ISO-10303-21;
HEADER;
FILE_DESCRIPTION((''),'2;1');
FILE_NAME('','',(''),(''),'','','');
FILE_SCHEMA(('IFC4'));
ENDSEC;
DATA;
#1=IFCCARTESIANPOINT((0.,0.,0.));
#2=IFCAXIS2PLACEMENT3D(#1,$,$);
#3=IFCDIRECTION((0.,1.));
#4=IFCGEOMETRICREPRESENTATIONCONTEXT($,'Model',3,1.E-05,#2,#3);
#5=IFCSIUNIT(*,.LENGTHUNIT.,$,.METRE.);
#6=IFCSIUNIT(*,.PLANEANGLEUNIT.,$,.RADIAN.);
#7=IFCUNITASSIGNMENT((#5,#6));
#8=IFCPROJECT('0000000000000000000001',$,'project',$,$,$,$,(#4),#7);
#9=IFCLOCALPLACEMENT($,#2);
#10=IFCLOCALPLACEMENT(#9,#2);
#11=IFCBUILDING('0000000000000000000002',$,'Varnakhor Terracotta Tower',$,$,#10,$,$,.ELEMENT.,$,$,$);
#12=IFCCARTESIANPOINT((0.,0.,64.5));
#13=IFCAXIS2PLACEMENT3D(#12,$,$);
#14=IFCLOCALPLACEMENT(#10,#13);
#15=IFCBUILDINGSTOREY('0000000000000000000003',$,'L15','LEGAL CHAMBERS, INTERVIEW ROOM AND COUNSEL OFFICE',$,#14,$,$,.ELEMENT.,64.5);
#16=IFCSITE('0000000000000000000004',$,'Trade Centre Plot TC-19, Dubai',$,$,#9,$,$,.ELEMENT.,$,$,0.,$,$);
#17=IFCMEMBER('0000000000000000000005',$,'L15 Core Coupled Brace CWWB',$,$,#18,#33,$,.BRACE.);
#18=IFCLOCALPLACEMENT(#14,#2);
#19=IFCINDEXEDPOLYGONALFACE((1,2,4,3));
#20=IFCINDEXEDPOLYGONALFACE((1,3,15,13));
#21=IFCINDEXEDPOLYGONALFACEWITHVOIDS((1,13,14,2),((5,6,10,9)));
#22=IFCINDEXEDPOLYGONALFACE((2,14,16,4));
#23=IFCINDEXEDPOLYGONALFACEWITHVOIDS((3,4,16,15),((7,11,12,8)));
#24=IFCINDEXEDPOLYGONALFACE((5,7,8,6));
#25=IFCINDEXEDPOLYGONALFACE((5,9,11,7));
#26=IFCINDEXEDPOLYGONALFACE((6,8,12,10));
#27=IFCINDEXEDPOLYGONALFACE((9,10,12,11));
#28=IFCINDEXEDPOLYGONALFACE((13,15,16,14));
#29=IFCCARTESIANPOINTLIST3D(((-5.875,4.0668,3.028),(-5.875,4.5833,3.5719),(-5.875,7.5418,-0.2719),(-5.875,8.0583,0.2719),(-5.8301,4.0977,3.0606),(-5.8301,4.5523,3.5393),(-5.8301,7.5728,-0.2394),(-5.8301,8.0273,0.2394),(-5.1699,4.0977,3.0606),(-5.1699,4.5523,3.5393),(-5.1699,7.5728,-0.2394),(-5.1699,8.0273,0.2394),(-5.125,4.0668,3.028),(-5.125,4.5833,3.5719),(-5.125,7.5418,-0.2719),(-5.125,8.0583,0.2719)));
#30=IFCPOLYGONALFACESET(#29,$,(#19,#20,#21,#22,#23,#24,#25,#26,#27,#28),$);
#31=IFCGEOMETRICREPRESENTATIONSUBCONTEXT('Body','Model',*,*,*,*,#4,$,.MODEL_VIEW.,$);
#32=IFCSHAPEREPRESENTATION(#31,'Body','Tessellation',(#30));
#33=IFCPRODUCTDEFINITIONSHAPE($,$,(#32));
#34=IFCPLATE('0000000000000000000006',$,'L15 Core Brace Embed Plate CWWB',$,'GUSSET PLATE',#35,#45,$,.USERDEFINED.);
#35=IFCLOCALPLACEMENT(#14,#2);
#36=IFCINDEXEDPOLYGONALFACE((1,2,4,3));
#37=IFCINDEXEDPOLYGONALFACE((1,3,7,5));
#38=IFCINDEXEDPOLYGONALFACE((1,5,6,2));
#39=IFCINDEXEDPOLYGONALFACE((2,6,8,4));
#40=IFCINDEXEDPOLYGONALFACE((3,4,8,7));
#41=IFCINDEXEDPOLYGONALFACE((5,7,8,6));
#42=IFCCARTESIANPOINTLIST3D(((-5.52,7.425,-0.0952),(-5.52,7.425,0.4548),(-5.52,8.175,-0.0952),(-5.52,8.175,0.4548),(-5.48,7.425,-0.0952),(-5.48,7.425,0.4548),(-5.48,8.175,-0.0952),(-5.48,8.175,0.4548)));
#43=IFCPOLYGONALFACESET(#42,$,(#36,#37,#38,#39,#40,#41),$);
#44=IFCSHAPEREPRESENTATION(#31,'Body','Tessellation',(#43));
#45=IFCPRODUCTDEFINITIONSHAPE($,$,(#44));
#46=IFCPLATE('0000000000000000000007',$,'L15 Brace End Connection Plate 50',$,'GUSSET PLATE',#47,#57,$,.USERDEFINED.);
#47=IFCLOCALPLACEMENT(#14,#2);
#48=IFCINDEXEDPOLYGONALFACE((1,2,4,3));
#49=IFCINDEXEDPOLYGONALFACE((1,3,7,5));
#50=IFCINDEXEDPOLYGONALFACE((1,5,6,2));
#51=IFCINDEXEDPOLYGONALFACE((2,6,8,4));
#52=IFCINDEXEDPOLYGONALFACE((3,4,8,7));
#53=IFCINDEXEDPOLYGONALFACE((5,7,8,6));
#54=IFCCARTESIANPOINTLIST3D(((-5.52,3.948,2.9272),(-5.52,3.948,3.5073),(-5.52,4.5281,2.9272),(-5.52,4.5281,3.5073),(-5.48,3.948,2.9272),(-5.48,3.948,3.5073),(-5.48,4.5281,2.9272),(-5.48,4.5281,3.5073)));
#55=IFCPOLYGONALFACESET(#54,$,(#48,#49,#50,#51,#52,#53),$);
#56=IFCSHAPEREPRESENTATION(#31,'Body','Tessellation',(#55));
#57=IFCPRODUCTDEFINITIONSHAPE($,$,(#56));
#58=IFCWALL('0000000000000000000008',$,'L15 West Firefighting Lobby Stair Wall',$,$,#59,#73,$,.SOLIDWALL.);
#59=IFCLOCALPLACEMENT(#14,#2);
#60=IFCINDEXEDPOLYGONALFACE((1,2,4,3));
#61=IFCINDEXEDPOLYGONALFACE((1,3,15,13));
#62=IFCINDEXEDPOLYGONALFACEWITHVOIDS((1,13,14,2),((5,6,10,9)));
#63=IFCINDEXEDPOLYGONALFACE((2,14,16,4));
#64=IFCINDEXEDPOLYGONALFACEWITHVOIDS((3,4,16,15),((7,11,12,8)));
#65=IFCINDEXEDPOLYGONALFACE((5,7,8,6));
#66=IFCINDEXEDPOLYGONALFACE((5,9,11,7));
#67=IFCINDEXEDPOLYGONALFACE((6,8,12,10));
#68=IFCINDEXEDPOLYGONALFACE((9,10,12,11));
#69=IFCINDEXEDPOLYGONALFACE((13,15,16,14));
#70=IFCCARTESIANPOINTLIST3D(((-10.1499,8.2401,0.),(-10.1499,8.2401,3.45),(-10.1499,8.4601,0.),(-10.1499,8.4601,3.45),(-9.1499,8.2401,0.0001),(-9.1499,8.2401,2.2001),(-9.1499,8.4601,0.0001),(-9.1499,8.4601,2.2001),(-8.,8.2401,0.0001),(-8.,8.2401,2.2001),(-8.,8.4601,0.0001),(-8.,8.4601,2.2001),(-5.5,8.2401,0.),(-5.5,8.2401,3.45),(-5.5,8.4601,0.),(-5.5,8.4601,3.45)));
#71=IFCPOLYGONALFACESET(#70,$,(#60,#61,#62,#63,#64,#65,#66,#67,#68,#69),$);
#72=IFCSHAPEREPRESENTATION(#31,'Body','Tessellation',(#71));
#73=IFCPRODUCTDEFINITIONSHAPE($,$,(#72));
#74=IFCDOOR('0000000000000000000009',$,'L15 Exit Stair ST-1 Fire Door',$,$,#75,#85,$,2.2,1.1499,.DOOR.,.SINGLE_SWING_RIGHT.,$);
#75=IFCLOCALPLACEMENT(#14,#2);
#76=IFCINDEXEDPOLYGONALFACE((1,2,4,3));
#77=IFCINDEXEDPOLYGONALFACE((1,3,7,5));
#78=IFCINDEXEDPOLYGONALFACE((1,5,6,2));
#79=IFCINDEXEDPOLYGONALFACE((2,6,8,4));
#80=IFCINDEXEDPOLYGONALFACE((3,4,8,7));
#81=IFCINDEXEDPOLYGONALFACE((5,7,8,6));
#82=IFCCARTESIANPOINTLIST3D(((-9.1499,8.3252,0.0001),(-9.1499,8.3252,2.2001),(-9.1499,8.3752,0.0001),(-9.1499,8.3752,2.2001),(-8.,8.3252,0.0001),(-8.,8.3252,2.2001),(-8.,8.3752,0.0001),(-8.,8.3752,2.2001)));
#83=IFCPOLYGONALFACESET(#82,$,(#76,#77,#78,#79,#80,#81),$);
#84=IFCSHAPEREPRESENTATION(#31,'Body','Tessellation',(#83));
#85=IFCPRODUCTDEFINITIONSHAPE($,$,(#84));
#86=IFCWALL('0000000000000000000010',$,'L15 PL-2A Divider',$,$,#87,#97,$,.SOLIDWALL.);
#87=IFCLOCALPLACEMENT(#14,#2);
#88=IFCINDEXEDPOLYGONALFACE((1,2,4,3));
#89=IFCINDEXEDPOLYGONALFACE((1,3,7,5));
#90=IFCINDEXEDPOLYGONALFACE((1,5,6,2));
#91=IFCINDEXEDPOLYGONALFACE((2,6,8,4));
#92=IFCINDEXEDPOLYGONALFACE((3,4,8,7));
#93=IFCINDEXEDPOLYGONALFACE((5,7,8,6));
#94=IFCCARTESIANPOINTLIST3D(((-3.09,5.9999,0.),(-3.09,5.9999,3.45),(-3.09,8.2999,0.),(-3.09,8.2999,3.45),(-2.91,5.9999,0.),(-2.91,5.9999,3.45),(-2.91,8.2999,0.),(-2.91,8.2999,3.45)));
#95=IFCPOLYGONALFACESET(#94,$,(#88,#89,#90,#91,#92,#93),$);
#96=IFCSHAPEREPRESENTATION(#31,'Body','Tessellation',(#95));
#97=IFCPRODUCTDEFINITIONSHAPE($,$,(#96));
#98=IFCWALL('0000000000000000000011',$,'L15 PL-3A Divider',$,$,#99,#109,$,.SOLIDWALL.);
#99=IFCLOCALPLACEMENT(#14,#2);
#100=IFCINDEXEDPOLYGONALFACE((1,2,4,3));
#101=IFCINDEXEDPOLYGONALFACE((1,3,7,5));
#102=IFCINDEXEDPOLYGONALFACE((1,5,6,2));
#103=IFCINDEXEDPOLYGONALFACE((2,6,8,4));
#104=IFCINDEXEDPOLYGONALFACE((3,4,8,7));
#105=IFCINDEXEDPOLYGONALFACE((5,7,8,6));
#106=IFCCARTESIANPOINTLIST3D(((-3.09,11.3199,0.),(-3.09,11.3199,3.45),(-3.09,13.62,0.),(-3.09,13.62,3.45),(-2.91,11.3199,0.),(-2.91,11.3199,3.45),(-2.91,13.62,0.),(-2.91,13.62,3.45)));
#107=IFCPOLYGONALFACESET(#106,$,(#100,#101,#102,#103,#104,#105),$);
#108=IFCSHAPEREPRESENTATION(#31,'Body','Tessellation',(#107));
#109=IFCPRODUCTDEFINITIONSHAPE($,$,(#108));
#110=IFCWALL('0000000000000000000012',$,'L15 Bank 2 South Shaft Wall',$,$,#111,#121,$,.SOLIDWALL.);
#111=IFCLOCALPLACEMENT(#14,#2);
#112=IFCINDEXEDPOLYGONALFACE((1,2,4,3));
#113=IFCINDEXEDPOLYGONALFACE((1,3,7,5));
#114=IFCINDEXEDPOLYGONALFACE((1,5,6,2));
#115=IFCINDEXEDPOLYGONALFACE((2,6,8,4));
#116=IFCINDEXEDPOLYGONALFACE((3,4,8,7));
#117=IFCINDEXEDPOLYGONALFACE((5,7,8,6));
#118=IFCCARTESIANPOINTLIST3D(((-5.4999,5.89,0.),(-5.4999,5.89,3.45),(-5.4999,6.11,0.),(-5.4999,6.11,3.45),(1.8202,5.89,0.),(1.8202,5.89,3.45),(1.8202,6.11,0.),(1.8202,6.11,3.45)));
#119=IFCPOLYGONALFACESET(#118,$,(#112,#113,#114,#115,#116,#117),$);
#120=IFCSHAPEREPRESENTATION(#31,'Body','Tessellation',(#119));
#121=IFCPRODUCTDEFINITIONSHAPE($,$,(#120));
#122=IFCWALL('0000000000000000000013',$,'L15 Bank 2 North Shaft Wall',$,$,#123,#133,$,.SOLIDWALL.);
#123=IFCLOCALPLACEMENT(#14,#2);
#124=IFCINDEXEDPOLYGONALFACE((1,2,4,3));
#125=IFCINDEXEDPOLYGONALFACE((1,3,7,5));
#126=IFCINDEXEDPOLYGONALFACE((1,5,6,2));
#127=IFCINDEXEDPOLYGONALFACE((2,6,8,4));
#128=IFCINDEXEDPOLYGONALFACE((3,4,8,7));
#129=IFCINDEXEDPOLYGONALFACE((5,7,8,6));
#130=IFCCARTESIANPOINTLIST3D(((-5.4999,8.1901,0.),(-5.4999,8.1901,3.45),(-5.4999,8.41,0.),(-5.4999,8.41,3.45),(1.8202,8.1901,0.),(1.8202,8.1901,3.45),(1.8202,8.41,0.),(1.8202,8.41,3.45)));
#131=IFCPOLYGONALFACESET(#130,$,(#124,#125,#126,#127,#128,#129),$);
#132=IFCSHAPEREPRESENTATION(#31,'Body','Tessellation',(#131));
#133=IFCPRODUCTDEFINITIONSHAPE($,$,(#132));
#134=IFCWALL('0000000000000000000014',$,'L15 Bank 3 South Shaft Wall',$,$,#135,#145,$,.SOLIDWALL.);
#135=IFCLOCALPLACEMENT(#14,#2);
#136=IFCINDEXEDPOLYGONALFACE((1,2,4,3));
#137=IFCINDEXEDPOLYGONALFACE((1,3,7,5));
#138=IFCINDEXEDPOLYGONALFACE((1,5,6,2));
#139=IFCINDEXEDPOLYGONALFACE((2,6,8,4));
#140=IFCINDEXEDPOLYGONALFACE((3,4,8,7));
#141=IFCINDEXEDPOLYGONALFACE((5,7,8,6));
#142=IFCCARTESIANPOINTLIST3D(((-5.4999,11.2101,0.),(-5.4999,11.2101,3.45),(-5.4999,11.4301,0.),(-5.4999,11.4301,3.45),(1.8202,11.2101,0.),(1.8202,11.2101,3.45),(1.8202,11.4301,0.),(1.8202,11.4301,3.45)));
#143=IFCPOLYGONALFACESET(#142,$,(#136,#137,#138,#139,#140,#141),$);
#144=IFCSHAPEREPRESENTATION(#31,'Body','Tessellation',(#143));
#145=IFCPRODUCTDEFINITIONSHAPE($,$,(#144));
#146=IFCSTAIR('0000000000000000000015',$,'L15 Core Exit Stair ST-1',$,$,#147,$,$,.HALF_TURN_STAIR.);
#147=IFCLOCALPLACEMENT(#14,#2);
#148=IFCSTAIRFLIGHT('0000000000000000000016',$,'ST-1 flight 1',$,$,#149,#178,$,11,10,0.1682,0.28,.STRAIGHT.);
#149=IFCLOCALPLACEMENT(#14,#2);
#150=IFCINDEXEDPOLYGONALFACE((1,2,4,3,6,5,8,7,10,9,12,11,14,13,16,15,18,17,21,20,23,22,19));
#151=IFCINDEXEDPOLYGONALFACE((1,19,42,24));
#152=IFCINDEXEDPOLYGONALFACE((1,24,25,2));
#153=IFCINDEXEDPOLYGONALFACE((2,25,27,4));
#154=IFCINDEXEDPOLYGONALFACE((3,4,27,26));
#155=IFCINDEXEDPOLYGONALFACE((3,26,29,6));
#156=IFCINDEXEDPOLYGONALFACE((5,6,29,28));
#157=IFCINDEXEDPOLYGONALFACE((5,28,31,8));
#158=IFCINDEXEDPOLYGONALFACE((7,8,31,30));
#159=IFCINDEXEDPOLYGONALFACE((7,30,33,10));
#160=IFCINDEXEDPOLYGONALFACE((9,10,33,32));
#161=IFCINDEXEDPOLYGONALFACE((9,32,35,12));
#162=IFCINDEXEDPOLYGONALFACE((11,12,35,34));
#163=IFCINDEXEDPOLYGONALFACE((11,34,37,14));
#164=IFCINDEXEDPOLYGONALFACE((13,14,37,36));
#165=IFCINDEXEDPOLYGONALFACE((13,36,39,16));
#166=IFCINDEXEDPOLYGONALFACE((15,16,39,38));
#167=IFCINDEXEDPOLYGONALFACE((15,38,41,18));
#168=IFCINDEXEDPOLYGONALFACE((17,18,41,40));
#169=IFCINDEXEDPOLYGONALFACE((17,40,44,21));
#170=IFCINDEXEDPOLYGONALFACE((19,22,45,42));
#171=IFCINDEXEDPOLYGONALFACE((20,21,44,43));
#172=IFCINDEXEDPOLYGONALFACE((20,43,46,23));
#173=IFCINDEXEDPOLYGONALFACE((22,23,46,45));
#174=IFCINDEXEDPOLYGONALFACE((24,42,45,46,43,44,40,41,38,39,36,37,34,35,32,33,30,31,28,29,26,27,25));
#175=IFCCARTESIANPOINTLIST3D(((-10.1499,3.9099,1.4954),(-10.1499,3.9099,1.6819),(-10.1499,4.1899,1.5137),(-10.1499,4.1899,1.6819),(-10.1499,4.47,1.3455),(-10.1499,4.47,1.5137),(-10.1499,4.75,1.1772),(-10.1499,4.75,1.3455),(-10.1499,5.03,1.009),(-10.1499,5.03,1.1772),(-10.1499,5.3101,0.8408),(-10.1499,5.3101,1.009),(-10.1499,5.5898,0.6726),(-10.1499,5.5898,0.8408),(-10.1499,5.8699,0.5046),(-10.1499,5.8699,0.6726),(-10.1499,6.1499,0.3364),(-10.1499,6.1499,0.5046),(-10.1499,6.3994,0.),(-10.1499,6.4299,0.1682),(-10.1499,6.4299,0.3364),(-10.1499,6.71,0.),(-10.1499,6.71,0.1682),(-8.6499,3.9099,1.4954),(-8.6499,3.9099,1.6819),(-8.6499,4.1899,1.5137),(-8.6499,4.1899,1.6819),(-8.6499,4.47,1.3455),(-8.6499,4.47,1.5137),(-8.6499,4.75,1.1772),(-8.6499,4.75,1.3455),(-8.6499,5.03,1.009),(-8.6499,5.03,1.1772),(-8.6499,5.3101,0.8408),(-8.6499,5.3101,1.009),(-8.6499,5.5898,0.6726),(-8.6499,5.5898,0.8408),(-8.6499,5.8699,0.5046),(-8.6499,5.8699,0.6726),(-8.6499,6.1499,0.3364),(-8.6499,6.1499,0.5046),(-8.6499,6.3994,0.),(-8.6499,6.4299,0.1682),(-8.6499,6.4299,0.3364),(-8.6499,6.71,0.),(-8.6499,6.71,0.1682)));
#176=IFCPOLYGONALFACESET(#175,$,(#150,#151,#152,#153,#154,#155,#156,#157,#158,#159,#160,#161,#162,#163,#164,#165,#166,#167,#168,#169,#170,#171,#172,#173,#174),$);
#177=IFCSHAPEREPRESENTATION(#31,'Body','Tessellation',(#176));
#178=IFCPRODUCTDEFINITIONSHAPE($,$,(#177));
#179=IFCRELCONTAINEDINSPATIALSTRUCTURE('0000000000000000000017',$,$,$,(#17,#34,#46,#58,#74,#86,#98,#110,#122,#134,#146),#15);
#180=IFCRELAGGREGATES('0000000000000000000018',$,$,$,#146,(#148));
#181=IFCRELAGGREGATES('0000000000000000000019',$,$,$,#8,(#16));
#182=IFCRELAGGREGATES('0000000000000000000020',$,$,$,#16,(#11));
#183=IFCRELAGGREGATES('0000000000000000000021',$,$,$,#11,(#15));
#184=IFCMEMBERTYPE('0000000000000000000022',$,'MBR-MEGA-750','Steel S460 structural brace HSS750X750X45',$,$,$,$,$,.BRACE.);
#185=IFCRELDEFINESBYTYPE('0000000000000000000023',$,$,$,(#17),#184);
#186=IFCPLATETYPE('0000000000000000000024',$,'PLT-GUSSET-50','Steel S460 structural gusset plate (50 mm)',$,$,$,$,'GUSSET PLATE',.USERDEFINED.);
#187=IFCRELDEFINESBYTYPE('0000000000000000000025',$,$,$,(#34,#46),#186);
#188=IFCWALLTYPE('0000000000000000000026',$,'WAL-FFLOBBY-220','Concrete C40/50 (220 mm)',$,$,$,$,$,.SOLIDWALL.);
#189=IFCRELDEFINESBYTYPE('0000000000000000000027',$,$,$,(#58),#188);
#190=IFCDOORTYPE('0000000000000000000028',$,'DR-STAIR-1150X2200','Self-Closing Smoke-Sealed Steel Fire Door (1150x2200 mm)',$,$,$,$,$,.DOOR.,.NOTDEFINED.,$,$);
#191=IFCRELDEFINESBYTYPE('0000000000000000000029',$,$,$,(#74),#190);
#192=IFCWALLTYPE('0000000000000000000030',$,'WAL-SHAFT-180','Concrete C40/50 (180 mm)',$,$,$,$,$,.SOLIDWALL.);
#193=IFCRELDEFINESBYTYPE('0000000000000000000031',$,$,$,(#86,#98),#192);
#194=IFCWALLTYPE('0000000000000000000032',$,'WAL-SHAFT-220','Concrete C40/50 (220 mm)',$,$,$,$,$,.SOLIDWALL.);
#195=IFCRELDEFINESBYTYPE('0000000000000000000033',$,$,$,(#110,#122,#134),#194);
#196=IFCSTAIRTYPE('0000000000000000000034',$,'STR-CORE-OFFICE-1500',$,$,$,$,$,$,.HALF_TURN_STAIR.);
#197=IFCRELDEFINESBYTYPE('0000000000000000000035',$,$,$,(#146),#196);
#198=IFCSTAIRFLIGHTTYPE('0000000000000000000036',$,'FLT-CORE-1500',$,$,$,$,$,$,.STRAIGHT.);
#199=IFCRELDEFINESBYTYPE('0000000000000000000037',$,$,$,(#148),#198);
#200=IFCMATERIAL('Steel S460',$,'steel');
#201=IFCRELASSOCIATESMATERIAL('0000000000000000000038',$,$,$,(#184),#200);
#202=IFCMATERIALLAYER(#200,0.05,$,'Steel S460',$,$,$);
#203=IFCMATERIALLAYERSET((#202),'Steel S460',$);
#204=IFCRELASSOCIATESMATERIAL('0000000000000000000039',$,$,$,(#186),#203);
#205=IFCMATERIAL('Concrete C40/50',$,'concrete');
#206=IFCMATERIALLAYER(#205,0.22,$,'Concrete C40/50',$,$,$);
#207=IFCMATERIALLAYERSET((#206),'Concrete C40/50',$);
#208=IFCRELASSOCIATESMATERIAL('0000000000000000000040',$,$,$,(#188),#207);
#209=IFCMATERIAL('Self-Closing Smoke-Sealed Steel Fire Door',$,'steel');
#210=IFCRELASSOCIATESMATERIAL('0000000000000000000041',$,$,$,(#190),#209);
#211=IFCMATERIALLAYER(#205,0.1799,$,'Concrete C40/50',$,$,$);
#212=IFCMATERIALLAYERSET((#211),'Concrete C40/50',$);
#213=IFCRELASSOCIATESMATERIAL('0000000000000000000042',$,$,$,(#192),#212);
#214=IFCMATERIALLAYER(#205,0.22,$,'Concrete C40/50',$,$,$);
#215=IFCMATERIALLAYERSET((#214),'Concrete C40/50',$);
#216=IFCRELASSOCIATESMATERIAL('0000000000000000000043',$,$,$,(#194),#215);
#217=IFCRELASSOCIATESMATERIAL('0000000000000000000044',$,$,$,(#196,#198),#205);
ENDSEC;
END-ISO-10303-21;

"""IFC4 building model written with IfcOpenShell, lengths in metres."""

from ifc_helpers import new_model, si_unit, direction, frame, frame_2d, origin, origin_2d, place, context, subcontext, project, spatial, polyline, rectangle, hollow_rectangle, outline, extrude, source, transform, mapped, material, layer, layer_set, material_profile, profile_set, type_object, type_shapes, element, fill, aggregate, save


model = new_model("IFC4")

# Units and contexts
model_context = context("Model", 3, precision=1e-05, world=origin(), true_north=direction((0.0, 1.0)))
body_context = subcontext(model_context, "Body", "Model", "MODEL_VIEW")
ifc_project = project(units=[si_unit("LENGTHUNIT", "METRE"), si_unit("PLANEANGLEUNIT", "RADIAN")], contexts=[model_context])

# Site, building, storey
site_placement = place(None, origin())
site = spatial("IfcSite", under=ifc_project, at=site_placement, Name="Trade Centre Plot TC-19, Dubai", CompositionType="ELEMENT", RefElevation=0.0)
building_placement = place(site_placement, origin())
building = spatial("IfcBuilding", under=site, at=building_placement, Name="Varnakhor Terracotta Tower", CompositionType="ELEMENT")
storey_placement = place(building_placement, frame((0.0, 0.0, 64.5)))
storey = spatial("IfcBuildingStorey", under=building, at=storey_placement, Name="L15", Description="LEGAL CHAMBERS, INTERVIEW ROOM AND COUNSEL OFFICE", CompositionType="ELEMENT", Elevation=64.5)

# Member
ifc_material_1 = material(Name="Steel S460", Category="steel")
ifc_material_profile = material_profile(ifc_material_1, hollow_rectangle(XDim=0.75, YDim=0.75, WallThickness=0.0449, at=origin_2d()), Name="HSS750X750X45")
ifc_profile_set = profile_set([ifc_material_profile], Name="Steel S460")
member_type = type_object("IfcMemberType", Name="MBR-MEGA-750", Description="Steel S460 structural brace HSS750X750X45", PredefinedType="BRACE", material=ifc_profile_set)
shared_shape_1 = source(origin(), body_context, "Body", "SweptSolid", [
    extrude(hollow_rectangle(XDim=0.75, YDim=0.75, WallThickness=0.0449, at=origin_2d()), origin(), (0.0, 0.0, 1.0), 4.7922),
])
member_placement = place(storey_placement, frame((-5.5, 7.8, 0.0), z_axis=(0.0, -0.725134, 0.688608), x_axis=(1.0, 0.0, 0.0)))
element("IfcMember", 1, at=member_placement, inside=storey, type_object=member_type, Name="L15 Core Coupled Brace CWWB", PredefinedType="BRACE", context=body_context, shape_type="MappedRepresentation", body=[
    mapped(shared_shape_1, transform((0.0, 0.0, 0.0), scale=1.0)),
])

# Plates
ifc_layer_1 = layer(ifc_material_1, 0.05, Name="Steel S460")
ifc_layer_set_1 = layer_set([ifc_layer_1], Name="Steel S460")
plate_type = type_object("IfcPlateType", Name="PLT-GUSSET-50", Description="Steel S460 structural gusset plate (50 mm)", ElementType="GUSSET PLATE", PredefinedType="USERDEFINED", material=ifc_layer_set_1)
shared_shape_2 = source(origin(), body_context, "Body", "SweptSolid", [
    extrude(rectangle(XDim=0.75, YDim=0.04, at=origin_2d()), origin(), (0.0, 0.0, 1.0), 0.55),
])
type_shapes(plate_type, [shared_shape_2])
plate_1_placement = place(storey_placement, frame((-5.5, 7.8, -0.0952), z_axis=(0.0, 0.0, 1.0), x_axis=(0.0, 1.0, 0.0)))
element("IfcPlate", 2, at=plate_1_placement, inside=storey, type_object=plate_type, Name="L15 Core Brace Embed Plate CWWB", ObjectType="GUSSET PLATE", PredefinedType="USERDEFINED", context=body_context, shape_type="MappedRepresentation", body=[
    mapped(shared_shape_2, transform((0.0, 0.0, 0.0), scale=1.0)),
])
shared_shape_3 = source(origin(), body_context, "Body", "SweptSolid", [
    extrude(rectangle(XDim=0.5801, YDim=0.04, at=origin_2d()), origin(), (0.0, 0.0, 1.0), 0.5801),
])
plate_2_placement = place(storey_placement, frame((-5.5, 4.238, 2.9272), z_axis=(0.0, 0.0, 1.0), x_axis=(0.0, 1.0, 0.0)))
element("IfcPlate", 3, at=plate_2_placement, inside=storey, type_object=plate_type, Name="L15 Brace End Connection Plate 50", ObjectType="GUSSET PLATE", PredefinedType="USERDEFINED", context=body_context, shape_type="MappedRepresentation", body=[
    mapped(shared_shape_3, transform((0.0, 0.0, 0.0), scale=1.0)),
])

# Wall, opening, door
ifc_material_2 = material(Name="Concrete C40/50", Category="concrete")
ifc_layer_2 = layer(ifc_material_2, 0.22, Name="Concrete C40/50")
ifc_layer_set_2 = layer_set([ifc_layer_2], Name="Concrete C40/50")
wall_type_1 = type_object("IfcWallType", Name="WAL-FFLOBBY-220", Description="Concrete C40/50 (220 mm)", PredefinedType="SOLIDWALL", material=ifc_layer_set_2)
wall_placement = place(storey_placement, frame((-5.5, 8.3501, 0.0), z_axis=(0.0, 0.0, 1.0), x_axis=(-1.0, 0.0, 0.0)))
wall = element("IfcWall", 4, at=wall_placement, inside=storey, type_object=wall_type_1, Name="L15 West Firefighting Lobby Stair Wall", PredefinedType="SOLIDWALL", context=body_context, shape_type="SweptSolid", body=[
    extrude(rectangle(XDim=4.6499, YDim=0.22, at=frame_2d((2.325, 0.0))), origin(), (0.0, 0.0, 1.0), 3.45),
])
opening_placement = place(wall_placement, frame((2.5, 0.0, 0.0)))
opening = element("IfcOpeningElement", 5, at=opening_placement, cuts=wall, PredefinedType="OPENING", context=body_context, shape_type="SweptSolid", body=[
    extrude(rectangle(XDim=1.1499, YDim=2.2, at=frame_2d((0.575, 1.1001))), frame((0.0, 0.1201, 0.0), z_axis=(0.0, -1.0, 0.0), x_axis=(1.0, 0.0, 0.0)), (0.0, 0.0, 1.0), 0.24),
])
ifc_material_3 = material(Name="Self-Closing Smoke-Sealed Steel Fire Door", Category="steel")
door_type = type_object("IfcDoorType", Name="DR-STAIR-1150X2200", Description="Self-Closing Smoke-Sealed Steel Fire Door (1150x2200 mm)", OperationType="NOTDEFINED", PredefinedType="DOOR", material=ifc_material_3)
shared_shape_4 = source(origin(), body_context, "Body", "SweptSolid", [
    extrude(rectangle(XDim=1.1499, YDim=2.2, at=frame_2d((0.575, 1.1001))), frame((0.0, 0.0249, 0.0), z_axis=(0.0, -1.0, 0.0), x_axis=(1.0, 0.0, 0.0)), (0.0, 0.0, 1.0), 0.05),
])
type_shapes(door_type, [shared_shape_4])
door_placement = place(opening_placement, origin())
door = element("IfcDoor", 6, at=door_placement, inside=storey, type_object=door_type, Name="L15 Exit Stair ST-1 Fire Door", OperationType="SINGLE_SWING_RIGHT", OverallHeight=2.2, OverallWidth=1.1499, PredefinedType="DOOR", context=body_context, shape_type="MappedRepresentation", body=[
    mapped(shared_shape_4, transform((0.0, 0.0, 0.0), scale=1.0)),
])
fill(opening, door)

# Walls
ifc_layer_3 = layer(ifc_material_2, 0.1799, Name="Concrete C40/50")
ifc_layer_set_3 = layer_set([ifc_layer_3], Name="Concrete C40/50")
wall_type_2 = type_object("IfcWallType", Name="WAL-SHAFT-180", Description="Concrete C40/50 (180 mm)", PredefinedType="SOLIDWALL", material=ifc_layer_set_3)
for number, where, z_axis, x_axis, name in (
    (7, (-3.0, 6.0, 0.0), (0.0, 0.0, 1.0), (0.0, 1.0, 0.0), "L15 PL-2A Divider"),
    (8, (-3.0, 11.3201, 0.0), (0.0, 0.0, 1.0), (0.0, 1.0, 0.0), "L15 PL-3A Divider"),
):
    element("IfcWall", number, at=place(storey_placement, frame(where, z_axis=z_axis, x_axis=x_axis)), inside=storey, type_object=wall_type_2, Name=name, PredefinedType="SOLIDWALL", context=body_context, shape_type="SweptSolid", body=[
        extrude(rectangle(XDim=2.3, YDim=0.1799, at=frame_2d((1.1499, 0.0))), origin(), (0.0, 0.0, 1.0), 3.45),
    ])
ifc_layer_4 = layer(ifc_material_2, 0.22, Name="Concrete C40/50")
ifc_layer_set_4 = layer_set([ifc_layer_4], Name="Concrete C40/50")
wall_type_3 = type_object("IfcWallType", Name="WAL-SHAFT-220", Description="Concrete C40/50 (220 mm)", PredefinedType="SOLIDWALL", material=ifc_layer_set_4)
for number, where, z_axis, x_axis, name in (
    (9, (-5.5, 6.0, 0.0), (0.0, 0.0, 1.0), (1.0, 0.0, 0.0), "L15 Bank 2 South Shaft Wall"),
    (10, (-5.5, 8.3, 0.0), (0.0, 0.0, 1.0), (1.0, 0.0, 0.0), "L15 Bank 2 North Shaft Wall"),
    (11, (-5.5, 11.3201, 0.0), (0.0, 0.0, 1.0), (1.0, 0.0, 0.0), "L15 Bank 3 South Shaft Wall"),
):
    element("IfcWall", number, at=place(storey_placement, frame(where, z_axis=z_axis, x_axis=x_axis)), inside=storey, type_object=wall_type_3, Name=name, PredefinedType="SOLIDWALL", context=body_context, shape_type="SweptSolid", body=[
        extrude(rectangle(XDim=7.3201, YDim=0.22, at=frame_2d((3.6602, 0.0))), origin(), (0.0, 0.0, 1.0), 3.45),
    ])

# Stair, stair flight
stair_type = type_object("IfcStairType", Name="STR-CORE-OFFICE-1500", PredefinedType="HALF_TURN_STAIR", material=ifc_material_2)
stair_placement = place(storey_placement, origin())
stair = element("IfcStair", 12, at=stair_placement, inside=storey, type_object=stair_type, Name="L15 Core Exit Stair ST-1", PredefinedType="HALF_TURN_STAIR")
stair_flight_type = type_object("IfcStairFlightType", Name="FLT-CORE-1500", PredefinedType="STRAIGHT", material=ifc_material_2)
stair_flight_1_placement = place(storey_placement, frame((-9.3999, 6.71, 0.0), z_axis=(0.0, 0.0, 1.0), x_axis=(0.0, -1.0, 0.0)))
stair_flight_1 = element("IfcStairFlight", 13, at=stair_flight_1_placement, type_object=stair_flight_type, Name="ST-1 flight 1", NumberOfRisers=11, NumberOfTreads=10, PredefinedType="STRAIGHT", RiserHeight=0.1682, TreadLength=0.28, context=body_context, shape_type="SweptSolid", body=[
    extrude(outline(polyline([(0.0, 0.0), (0.0, 0.1682), (0.28, 0.1682), (0.28, 0.3364), (0.5601, 0.3364), (0.5601, 0.5046), (0.8401, 0.5046), (0.8401, 0.6726), (1.1201, 0.6726), (1.1201, 0.8408), (1.3999, 0.8408), (1.3999, 1.009), (1.6799, 1.009), (1.6799, 1.1772), (1.96, 1.1772), (1.96, 1.3455), (2.24, 1.3455), (2.24, 1.5137), (2.52, 1.5137), (2.52, 1.6819), (2.8, 1.6819), (2.8, 1.8501), (2.8, 1.4954), (0.3105, 0.0), (0.0, 0.0)])), frame((0.0, 0.75, 0.0), z_axis=(0.0, -1.0, 0.0), x_axis=(1.0, 0.0, 0.0)), (0.0, 0.0, 1.0), 1.5),
])
aggregate(stair, [stair_flight_1])

save(model, "model.ifc")
